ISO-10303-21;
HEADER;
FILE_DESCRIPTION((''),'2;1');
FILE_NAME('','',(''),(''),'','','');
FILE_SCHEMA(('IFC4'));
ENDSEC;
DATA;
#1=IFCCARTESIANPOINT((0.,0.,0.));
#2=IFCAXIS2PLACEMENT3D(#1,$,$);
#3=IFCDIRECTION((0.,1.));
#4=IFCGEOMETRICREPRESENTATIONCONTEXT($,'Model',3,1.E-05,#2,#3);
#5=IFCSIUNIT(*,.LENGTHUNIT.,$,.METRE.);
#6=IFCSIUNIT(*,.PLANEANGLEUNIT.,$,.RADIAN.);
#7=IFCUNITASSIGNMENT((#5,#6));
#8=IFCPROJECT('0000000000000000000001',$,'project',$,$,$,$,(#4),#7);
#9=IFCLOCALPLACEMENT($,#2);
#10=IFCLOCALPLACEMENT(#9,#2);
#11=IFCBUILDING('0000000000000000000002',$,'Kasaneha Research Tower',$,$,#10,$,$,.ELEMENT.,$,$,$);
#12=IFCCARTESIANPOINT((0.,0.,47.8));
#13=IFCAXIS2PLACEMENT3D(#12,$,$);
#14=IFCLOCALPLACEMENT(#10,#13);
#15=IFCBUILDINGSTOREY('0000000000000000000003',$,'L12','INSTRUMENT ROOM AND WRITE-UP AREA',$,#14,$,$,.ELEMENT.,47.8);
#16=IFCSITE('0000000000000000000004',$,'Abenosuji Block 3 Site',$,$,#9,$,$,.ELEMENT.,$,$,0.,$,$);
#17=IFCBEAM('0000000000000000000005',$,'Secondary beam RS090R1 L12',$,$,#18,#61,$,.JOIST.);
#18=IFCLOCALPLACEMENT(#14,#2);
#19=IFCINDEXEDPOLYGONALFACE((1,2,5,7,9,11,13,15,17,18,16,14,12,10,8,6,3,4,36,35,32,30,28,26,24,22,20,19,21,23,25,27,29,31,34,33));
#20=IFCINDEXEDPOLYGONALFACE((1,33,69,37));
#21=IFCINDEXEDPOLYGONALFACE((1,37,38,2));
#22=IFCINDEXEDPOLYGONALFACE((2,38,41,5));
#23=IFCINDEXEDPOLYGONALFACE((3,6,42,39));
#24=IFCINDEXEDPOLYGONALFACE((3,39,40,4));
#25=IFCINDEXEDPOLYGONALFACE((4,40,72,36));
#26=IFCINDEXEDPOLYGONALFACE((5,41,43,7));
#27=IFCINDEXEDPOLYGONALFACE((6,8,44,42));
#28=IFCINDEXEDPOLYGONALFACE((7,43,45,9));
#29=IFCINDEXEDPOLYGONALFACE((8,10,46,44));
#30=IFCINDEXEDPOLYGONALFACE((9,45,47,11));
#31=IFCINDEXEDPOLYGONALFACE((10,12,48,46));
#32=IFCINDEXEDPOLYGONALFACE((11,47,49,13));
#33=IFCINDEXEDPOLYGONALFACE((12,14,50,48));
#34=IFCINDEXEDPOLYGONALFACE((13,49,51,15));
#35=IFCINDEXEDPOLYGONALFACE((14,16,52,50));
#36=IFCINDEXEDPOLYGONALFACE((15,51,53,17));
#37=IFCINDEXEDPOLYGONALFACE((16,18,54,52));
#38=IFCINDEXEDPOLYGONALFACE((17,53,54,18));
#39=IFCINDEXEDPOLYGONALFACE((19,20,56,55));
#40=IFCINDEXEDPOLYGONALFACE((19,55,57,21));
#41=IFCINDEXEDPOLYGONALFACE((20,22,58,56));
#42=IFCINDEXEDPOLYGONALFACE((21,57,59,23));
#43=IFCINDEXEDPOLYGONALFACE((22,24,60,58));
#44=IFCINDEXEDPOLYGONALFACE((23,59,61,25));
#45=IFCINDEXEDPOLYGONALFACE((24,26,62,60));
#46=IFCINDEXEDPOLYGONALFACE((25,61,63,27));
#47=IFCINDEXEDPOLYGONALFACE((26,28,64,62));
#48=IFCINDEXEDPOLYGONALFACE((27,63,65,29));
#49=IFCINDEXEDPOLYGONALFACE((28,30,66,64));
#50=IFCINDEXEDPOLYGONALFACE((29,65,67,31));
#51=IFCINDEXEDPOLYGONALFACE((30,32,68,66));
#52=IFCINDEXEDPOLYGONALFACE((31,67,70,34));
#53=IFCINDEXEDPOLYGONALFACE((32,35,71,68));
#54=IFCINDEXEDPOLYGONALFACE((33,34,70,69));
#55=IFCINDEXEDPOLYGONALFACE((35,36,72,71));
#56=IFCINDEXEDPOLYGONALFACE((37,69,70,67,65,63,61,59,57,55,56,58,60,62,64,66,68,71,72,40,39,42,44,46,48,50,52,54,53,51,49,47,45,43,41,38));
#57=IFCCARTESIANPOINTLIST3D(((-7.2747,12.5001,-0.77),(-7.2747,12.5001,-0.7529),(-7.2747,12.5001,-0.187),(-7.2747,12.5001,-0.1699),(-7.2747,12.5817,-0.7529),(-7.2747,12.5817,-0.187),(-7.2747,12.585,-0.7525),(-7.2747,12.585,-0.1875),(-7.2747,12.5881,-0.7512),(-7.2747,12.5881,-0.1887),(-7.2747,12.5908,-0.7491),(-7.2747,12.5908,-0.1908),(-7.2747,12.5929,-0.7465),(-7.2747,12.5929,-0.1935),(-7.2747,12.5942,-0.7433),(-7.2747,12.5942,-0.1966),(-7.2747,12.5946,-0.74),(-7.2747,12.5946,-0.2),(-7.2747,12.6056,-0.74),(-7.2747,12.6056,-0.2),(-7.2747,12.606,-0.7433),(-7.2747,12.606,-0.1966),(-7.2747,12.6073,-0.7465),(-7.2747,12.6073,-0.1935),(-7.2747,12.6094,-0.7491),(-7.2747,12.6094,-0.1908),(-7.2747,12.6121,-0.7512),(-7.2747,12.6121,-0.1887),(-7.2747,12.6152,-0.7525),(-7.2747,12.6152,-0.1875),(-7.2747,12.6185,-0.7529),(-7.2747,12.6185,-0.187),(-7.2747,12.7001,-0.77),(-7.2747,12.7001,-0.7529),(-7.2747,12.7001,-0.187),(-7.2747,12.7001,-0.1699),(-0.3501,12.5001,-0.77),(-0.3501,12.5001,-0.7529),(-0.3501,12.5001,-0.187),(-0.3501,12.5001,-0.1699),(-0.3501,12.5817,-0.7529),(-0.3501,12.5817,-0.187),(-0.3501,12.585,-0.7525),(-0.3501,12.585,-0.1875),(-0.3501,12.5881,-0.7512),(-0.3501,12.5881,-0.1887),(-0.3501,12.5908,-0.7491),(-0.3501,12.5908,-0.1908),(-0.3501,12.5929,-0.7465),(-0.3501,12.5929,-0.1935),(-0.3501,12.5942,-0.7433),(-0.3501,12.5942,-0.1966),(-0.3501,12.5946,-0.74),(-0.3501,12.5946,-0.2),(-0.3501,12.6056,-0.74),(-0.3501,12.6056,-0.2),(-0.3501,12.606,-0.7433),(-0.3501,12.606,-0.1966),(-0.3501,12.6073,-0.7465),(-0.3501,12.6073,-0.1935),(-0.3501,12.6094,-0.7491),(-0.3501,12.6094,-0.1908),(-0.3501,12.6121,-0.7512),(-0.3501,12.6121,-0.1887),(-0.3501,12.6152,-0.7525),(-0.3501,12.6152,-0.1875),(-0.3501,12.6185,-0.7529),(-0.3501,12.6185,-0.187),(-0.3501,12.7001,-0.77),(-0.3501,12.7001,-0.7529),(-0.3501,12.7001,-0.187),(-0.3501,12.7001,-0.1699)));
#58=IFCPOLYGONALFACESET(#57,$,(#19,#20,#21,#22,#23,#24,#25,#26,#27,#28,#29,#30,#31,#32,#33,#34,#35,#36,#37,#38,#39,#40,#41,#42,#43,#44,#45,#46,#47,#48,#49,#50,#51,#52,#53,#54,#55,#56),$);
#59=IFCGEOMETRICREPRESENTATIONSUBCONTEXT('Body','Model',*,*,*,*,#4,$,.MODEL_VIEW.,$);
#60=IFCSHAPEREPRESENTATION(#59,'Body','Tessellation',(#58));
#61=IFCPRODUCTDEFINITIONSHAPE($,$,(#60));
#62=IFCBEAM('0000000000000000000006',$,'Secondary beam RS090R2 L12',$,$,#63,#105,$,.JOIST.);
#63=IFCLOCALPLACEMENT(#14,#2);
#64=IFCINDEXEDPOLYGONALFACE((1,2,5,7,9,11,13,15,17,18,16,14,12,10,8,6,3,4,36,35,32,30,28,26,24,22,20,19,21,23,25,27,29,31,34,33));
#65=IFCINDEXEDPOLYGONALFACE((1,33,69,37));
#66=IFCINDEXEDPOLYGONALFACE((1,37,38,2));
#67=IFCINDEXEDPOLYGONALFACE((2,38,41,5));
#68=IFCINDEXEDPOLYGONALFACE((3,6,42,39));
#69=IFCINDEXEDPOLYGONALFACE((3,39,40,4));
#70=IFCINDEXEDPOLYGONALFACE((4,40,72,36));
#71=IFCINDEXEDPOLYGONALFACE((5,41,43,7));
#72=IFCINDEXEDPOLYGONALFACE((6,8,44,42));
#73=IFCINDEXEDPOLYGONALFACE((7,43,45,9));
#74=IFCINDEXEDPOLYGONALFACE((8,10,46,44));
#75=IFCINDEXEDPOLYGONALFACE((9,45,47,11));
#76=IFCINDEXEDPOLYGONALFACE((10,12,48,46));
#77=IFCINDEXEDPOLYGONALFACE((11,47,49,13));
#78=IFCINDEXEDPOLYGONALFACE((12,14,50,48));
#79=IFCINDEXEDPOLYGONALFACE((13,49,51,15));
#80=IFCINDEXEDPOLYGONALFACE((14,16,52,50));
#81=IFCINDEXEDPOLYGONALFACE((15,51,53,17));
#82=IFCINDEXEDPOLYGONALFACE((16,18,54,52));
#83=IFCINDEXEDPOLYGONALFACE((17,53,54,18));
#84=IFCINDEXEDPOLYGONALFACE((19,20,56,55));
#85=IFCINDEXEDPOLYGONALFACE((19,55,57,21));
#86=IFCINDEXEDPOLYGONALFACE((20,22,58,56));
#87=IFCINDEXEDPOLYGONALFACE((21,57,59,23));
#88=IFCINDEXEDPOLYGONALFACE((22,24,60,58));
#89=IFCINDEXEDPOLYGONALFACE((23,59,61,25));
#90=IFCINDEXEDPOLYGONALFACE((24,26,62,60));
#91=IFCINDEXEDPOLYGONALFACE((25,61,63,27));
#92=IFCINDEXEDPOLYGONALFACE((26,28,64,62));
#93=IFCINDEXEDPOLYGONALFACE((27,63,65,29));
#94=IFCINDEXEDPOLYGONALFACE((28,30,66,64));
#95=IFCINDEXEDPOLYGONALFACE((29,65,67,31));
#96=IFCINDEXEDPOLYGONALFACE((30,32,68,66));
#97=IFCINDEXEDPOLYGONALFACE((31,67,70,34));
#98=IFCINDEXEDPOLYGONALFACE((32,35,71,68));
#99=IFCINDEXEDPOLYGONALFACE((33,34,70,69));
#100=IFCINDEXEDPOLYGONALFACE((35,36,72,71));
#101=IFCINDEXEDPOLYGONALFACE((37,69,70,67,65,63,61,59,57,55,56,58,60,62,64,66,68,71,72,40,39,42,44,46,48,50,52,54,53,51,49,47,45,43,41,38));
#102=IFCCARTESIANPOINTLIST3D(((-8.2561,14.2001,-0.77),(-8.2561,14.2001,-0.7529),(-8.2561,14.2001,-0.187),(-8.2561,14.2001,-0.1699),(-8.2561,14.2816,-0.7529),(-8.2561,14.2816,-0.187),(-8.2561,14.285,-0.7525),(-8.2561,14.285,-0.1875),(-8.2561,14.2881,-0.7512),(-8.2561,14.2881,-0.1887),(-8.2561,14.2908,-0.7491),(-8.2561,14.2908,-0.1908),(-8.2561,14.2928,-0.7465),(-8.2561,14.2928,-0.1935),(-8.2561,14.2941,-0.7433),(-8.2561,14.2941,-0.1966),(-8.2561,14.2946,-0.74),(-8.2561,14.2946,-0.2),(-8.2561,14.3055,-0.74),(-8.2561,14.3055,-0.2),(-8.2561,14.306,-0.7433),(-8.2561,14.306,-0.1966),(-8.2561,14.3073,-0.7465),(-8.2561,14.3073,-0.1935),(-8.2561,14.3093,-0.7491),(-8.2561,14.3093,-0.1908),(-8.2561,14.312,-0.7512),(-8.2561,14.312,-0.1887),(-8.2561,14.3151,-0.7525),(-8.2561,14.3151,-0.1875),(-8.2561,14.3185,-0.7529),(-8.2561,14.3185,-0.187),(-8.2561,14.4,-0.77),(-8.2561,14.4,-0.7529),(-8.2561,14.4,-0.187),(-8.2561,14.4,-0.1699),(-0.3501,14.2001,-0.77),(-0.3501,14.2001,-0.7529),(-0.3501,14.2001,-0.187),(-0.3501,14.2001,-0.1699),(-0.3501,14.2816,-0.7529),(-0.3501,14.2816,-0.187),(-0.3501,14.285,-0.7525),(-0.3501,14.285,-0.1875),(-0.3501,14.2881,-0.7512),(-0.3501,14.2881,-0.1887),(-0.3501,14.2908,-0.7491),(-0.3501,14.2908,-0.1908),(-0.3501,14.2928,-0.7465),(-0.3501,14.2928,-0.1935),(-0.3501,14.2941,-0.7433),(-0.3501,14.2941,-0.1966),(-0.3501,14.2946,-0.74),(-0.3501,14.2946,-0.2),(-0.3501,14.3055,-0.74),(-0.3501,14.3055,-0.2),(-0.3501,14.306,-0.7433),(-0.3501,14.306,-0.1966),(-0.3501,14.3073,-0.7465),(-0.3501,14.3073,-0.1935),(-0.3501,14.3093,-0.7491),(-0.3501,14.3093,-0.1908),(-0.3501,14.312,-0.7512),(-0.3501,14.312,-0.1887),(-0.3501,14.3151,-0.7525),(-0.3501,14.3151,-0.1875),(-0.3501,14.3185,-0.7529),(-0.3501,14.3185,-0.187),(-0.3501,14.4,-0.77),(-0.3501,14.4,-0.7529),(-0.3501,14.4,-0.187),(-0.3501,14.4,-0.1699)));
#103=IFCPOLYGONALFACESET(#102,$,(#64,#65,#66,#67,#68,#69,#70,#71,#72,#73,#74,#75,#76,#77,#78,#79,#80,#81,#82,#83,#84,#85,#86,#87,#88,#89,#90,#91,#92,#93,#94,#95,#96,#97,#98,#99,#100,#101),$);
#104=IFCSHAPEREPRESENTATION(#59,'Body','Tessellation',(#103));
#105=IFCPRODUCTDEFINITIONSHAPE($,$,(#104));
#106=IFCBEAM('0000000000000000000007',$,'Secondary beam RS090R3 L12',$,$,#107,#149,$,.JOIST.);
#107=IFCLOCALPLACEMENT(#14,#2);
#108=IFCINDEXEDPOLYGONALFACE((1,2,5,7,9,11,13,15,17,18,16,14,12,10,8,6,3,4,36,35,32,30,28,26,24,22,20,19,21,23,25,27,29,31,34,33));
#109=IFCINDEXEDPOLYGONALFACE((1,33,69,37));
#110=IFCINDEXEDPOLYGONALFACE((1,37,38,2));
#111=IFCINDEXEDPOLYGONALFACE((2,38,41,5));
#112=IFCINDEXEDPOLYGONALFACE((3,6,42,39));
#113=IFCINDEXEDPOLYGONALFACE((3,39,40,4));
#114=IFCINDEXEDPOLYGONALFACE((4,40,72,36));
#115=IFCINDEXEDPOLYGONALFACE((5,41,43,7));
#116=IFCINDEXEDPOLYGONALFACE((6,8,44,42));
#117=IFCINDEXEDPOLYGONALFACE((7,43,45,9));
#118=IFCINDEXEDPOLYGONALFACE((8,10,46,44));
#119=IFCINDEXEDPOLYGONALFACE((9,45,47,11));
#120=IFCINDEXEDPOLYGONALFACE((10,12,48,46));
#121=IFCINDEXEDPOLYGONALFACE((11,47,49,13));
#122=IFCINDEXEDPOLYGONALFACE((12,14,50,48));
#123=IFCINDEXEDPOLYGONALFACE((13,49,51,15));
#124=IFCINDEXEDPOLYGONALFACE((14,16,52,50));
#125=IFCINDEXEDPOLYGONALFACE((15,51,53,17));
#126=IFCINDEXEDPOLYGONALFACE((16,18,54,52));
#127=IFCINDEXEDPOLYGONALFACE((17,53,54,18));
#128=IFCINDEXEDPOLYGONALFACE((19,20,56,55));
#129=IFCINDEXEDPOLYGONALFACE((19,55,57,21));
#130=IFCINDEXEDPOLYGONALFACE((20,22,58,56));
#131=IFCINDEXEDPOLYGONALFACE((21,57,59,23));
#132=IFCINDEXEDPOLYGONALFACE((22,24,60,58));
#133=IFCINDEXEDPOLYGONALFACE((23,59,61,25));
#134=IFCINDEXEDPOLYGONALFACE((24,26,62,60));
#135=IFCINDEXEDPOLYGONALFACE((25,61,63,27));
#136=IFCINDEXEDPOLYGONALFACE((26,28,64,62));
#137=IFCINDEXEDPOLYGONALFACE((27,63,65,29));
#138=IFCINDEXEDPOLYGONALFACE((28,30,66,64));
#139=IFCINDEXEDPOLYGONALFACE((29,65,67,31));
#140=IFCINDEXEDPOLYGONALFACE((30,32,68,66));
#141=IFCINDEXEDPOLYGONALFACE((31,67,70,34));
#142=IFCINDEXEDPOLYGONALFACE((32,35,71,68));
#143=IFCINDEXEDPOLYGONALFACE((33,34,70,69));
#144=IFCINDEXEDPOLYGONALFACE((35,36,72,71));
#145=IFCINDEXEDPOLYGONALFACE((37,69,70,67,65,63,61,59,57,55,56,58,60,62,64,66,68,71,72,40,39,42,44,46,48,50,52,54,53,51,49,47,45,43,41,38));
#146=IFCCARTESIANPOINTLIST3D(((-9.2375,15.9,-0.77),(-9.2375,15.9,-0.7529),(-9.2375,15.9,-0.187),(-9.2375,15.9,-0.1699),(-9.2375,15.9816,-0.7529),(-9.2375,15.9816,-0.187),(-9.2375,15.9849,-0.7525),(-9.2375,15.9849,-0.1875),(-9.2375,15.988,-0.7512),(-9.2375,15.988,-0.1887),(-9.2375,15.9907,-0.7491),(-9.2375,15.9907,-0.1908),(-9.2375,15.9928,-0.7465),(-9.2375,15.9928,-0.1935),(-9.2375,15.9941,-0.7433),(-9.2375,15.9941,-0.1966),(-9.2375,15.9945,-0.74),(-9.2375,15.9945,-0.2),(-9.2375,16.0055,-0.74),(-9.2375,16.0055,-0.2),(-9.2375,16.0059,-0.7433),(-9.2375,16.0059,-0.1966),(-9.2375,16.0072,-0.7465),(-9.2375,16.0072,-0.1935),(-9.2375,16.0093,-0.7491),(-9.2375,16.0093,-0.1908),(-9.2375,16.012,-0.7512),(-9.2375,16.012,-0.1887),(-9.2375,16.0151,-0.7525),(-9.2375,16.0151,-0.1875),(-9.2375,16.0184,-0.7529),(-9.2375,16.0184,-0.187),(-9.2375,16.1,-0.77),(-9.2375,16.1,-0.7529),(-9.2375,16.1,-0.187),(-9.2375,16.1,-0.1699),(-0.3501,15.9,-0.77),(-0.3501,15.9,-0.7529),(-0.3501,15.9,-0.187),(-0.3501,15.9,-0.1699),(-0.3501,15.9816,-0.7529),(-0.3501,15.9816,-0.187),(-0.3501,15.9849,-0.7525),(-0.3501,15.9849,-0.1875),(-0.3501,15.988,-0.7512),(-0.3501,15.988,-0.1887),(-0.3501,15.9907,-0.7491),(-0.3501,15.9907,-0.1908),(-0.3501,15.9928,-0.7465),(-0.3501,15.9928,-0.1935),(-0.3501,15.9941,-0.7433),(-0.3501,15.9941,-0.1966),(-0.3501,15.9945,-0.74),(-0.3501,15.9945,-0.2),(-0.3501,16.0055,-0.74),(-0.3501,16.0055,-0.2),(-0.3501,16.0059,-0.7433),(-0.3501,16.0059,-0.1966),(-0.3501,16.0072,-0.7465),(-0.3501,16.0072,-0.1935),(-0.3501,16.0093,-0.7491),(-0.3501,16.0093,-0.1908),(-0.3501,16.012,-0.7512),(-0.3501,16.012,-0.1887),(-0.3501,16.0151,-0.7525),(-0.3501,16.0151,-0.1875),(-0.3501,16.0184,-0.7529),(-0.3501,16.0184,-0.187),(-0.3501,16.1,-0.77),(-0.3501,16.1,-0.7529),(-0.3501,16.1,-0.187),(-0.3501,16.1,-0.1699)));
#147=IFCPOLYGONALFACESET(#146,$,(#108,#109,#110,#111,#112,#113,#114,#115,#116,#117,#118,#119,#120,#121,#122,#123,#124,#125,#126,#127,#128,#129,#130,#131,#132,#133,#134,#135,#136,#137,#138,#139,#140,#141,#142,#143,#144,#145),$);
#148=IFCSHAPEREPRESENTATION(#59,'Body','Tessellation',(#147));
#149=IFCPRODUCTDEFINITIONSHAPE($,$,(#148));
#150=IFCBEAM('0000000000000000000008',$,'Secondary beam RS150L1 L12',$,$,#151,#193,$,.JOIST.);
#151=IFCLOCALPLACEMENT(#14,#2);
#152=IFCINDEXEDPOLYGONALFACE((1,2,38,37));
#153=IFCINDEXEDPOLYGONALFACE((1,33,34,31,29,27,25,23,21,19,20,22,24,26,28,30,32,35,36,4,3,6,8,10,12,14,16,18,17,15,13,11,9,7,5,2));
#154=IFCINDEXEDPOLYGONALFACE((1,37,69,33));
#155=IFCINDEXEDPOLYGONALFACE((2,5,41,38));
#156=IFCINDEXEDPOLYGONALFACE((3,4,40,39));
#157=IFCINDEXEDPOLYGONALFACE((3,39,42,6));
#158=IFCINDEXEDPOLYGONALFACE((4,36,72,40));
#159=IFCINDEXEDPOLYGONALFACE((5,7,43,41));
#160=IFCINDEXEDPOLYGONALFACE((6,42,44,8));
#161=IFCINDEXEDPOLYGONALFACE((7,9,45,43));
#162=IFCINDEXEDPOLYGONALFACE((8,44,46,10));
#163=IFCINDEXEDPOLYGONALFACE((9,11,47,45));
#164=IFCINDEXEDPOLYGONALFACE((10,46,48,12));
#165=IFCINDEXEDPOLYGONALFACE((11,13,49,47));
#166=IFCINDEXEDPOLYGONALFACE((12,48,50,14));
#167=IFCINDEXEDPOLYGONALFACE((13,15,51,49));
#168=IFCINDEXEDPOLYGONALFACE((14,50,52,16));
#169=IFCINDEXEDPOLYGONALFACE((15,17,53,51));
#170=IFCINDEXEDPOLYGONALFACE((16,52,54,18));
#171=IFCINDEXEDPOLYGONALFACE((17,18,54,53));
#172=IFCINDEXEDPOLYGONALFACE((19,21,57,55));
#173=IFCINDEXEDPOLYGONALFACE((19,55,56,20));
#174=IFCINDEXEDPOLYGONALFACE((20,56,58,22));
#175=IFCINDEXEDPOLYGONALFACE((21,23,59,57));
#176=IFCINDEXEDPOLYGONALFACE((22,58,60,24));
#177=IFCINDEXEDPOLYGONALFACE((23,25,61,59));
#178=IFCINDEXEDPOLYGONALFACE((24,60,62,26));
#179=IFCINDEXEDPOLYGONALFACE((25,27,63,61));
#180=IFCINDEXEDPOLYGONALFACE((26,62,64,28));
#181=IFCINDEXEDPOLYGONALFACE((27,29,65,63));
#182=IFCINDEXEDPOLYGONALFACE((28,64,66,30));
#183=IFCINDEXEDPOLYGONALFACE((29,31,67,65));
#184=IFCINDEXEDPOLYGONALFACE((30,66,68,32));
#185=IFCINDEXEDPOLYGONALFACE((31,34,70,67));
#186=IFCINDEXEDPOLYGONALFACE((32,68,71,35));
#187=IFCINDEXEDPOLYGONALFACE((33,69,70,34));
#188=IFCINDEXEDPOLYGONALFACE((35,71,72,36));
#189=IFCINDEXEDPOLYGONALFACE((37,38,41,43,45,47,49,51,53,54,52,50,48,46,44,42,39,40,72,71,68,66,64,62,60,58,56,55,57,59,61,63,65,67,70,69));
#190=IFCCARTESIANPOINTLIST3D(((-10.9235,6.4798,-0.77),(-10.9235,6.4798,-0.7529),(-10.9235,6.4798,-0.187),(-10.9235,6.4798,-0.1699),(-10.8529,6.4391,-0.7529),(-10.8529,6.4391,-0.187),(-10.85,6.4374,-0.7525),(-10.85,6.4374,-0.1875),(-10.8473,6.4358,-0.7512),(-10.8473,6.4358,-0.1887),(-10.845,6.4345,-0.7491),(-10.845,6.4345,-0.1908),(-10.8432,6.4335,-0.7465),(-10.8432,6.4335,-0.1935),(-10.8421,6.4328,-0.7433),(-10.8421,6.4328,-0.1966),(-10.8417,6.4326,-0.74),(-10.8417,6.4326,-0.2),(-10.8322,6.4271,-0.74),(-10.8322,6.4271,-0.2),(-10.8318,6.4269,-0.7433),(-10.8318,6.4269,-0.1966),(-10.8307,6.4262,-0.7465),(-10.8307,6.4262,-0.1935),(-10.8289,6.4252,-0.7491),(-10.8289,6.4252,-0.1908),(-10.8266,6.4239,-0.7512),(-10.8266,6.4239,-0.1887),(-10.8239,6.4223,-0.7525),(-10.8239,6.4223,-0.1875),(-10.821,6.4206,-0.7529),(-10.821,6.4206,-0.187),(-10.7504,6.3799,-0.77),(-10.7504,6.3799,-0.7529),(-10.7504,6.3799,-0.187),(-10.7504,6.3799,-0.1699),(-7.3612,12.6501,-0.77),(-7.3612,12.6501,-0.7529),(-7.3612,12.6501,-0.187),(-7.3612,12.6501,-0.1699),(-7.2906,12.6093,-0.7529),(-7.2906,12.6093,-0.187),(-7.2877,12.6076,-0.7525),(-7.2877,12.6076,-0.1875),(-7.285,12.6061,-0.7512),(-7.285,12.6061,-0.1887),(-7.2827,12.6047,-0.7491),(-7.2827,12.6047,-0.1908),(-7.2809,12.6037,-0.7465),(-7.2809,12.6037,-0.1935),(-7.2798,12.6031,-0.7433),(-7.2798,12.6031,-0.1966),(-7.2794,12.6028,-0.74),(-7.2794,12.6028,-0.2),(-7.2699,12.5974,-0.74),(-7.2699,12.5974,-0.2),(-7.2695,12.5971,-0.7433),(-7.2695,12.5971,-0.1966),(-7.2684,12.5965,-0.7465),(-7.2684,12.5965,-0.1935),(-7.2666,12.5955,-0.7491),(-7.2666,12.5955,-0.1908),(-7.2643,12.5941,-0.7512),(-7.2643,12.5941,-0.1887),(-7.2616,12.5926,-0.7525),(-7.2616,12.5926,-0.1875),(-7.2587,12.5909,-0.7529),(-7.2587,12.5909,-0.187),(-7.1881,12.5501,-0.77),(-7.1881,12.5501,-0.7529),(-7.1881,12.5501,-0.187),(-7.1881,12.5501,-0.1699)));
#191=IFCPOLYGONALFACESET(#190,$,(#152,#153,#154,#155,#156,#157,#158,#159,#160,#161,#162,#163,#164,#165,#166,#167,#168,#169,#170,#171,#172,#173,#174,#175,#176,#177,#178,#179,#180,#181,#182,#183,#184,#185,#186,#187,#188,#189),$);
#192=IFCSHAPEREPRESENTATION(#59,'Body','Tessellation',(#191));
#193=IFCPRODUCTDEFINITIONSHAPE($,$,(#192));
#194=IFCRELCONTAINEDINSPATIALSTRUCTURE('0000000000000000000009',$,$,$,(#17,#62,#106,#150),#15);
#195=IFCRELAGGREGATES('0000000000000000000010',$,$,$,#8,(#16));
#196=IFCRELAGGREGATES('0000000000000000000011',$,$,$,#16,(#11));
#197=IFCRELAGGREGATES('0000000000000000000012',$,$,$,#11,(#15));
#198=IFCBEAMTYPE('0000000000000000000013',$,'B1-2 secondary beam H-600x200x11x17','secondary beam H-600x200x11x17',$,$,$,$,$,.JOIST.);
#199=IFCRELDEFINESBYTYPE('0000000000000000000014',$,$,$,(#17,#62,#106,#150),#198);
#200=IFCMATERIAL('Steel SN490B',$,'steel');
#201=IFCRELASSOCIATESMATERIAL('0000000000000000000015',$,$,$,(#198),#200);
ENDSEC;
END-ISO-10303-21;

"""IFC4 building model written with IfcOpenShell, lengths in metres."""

from ifc_helpers import new_model, si_unit, direction, frame, origin, origin_2d, place, context, subcontext, project, spatial, i_section, extrude, material, material_profile, profile_set, type_object, element, save


model = new_model("IFC4")

# Units and contexts
model_context = context("Model", 3, precision=1e-05, world=origin(), true_north=direction((0.0, 1.0)))
body_context = subcontext(model_context, "Body", "Model", "MODEL_VIEW")
ifc_project = project(units=[si_unit("LENGTHUNIT", "METRE"), si_unit("PLANEANGLEUNIT", "RADIAN")], contexts=[model_context])

# Site, building, storey
site_placement = place(None, origin())
site = spatial("IfcSite", under=ifc_project, at=site_placement, Name="Abenosuji Block 3 Site", CompositionType="ELEMENT", RefElevation=0.0)
building_placement = place(site_placement, origin())
building = spatial("IfcBuilding", under=site, at=building_placement, Name="Kasaneha Research Tower", CompositionType="ELEMENT")
storey_placement = place(building_placement, frame((0.0, 0.0, 47.8)))
storey = spatial("IfcBuildingStorey", under=building, at=storey_placement, Name="L12", Description="INSTRUMENT ROOM AND WRITE-UP AREA", CompositionType="ELEMENT", Elevation=47.8)

# Beams
ifc_material_1 = material(Name="Steel SN490B", Category="steel")
ifc_material_profile_1 = material_profile(ifc_material_1, i_section(OverallWidth=0.2, OverallDepth=0.6001, WebThickness=0.011, FlangeThickness=0.0171, FilletRadius=0.0129, at=origin_2d()), Name="H-600x200x11x17")
ifc_profile_set_1 = profile_set([ifc_material_profile_1], Name="Steel SN490B")
beam_type_1 = type_object("IfcBeamType", Name="B1-2 secondary beam H-600x200x11x17", Description="secondary beam H-600x200x11x17", PredefinedType="JOIST", material=ifc_profile_set_1)
beam_1_placement = place(storey_placement, frame((-7.2747, 12.6001, -0.47), z_axis=(1.0, 0.0, 0.0), x_axis=(0.0, 1.0, 0.0)))
element("IfcBeam", 1, at=beam_1_placement, inside=storey, type_object=beam_type_1, Name="Secondary beam RS090R1 L12", PredefinedType="JOIST", context=body_context, shape_type="SweptSolid", body=[
    extrude(i_section(OverallWidth=0.2, OverallDepth=0.6001, WebThickness=0.011, FlangeThickness=0.0171, FilletRadius=0.0129, at=origin_2d()), origin(), (0.0, 0.0, 1.0), 6.9246),
])
beam_2_placement = place(storey_placement, frame((-8.2561, 14.3, -0.47), z_axis=(1.0, 0.0, 0.0), x_axis=(0.0, 1.0, 0.0)))
element("IfcBeam", 2, at=beam_2_placement, inside=storey, type_object=beam_type_1, Name="Secondary beam RS090R2 L12", PredefinedType="JOIST", context=body_context, shape_type="SweptSolid", body=[
    extrude(i_section(OverallWidth=0.2, OverallDepth=0.6001, WebThickness=0.011, FlangeThickness=0.0171, FilletRadius=0.0129, at=origin_2d()), origin(), (0.0, 0.0, 1.0), 7.906),
])
beam_3_placement = place(storey_placement, frame((-9.2375, 16.0, -0.47), z_axis=(1.0, 0.0, 0.0), x_axis=(0.0, 1.0, 0.0)))
element("IfcBeam", 3, at=beam_3_placement, inside=storey, type_object=beam_type_1, Name="Secondary beam RS090R3 L12", PredefinedType="JOIST", context=body_context, shape_type="SweptSolid", body=[
    extrude(i_section(OverallWidth=0.2, OverallDepth=0.6001, WebThickness=0.011, FlangeThickness=0.0171, FilletRadius=0.0129, at=origin_2d()), origin(), (0.0, 0.0, 1.0), 8.8875),
])
beam_4_placement = place(storey_placement, frame((-7.2747, 12.6001, -0.47), z_axis=(-0.49999, -0.866031, 0.0), x_axis=(0.866031, -0.49999, 0.0)))
element("IfcBeam", 4, at=beam_4_placement, inside=storey, type_object=beam_type_1, Name="Secondary beam RS150L1 L12", PredefinedType="JOIST", context=body_context, shape_type="SweptSolid", body=[
    extrude(i_section(OverallWidth=0.2, OverallDepth=0.6001, WebThickness=0.011, FlangeThickness=0.0171, FilletRadius=0.0129, at=origin_2d()), origin(), (0.0, 0.0, 1.0), 7.1248),
])

save(model, "model.ifc")
